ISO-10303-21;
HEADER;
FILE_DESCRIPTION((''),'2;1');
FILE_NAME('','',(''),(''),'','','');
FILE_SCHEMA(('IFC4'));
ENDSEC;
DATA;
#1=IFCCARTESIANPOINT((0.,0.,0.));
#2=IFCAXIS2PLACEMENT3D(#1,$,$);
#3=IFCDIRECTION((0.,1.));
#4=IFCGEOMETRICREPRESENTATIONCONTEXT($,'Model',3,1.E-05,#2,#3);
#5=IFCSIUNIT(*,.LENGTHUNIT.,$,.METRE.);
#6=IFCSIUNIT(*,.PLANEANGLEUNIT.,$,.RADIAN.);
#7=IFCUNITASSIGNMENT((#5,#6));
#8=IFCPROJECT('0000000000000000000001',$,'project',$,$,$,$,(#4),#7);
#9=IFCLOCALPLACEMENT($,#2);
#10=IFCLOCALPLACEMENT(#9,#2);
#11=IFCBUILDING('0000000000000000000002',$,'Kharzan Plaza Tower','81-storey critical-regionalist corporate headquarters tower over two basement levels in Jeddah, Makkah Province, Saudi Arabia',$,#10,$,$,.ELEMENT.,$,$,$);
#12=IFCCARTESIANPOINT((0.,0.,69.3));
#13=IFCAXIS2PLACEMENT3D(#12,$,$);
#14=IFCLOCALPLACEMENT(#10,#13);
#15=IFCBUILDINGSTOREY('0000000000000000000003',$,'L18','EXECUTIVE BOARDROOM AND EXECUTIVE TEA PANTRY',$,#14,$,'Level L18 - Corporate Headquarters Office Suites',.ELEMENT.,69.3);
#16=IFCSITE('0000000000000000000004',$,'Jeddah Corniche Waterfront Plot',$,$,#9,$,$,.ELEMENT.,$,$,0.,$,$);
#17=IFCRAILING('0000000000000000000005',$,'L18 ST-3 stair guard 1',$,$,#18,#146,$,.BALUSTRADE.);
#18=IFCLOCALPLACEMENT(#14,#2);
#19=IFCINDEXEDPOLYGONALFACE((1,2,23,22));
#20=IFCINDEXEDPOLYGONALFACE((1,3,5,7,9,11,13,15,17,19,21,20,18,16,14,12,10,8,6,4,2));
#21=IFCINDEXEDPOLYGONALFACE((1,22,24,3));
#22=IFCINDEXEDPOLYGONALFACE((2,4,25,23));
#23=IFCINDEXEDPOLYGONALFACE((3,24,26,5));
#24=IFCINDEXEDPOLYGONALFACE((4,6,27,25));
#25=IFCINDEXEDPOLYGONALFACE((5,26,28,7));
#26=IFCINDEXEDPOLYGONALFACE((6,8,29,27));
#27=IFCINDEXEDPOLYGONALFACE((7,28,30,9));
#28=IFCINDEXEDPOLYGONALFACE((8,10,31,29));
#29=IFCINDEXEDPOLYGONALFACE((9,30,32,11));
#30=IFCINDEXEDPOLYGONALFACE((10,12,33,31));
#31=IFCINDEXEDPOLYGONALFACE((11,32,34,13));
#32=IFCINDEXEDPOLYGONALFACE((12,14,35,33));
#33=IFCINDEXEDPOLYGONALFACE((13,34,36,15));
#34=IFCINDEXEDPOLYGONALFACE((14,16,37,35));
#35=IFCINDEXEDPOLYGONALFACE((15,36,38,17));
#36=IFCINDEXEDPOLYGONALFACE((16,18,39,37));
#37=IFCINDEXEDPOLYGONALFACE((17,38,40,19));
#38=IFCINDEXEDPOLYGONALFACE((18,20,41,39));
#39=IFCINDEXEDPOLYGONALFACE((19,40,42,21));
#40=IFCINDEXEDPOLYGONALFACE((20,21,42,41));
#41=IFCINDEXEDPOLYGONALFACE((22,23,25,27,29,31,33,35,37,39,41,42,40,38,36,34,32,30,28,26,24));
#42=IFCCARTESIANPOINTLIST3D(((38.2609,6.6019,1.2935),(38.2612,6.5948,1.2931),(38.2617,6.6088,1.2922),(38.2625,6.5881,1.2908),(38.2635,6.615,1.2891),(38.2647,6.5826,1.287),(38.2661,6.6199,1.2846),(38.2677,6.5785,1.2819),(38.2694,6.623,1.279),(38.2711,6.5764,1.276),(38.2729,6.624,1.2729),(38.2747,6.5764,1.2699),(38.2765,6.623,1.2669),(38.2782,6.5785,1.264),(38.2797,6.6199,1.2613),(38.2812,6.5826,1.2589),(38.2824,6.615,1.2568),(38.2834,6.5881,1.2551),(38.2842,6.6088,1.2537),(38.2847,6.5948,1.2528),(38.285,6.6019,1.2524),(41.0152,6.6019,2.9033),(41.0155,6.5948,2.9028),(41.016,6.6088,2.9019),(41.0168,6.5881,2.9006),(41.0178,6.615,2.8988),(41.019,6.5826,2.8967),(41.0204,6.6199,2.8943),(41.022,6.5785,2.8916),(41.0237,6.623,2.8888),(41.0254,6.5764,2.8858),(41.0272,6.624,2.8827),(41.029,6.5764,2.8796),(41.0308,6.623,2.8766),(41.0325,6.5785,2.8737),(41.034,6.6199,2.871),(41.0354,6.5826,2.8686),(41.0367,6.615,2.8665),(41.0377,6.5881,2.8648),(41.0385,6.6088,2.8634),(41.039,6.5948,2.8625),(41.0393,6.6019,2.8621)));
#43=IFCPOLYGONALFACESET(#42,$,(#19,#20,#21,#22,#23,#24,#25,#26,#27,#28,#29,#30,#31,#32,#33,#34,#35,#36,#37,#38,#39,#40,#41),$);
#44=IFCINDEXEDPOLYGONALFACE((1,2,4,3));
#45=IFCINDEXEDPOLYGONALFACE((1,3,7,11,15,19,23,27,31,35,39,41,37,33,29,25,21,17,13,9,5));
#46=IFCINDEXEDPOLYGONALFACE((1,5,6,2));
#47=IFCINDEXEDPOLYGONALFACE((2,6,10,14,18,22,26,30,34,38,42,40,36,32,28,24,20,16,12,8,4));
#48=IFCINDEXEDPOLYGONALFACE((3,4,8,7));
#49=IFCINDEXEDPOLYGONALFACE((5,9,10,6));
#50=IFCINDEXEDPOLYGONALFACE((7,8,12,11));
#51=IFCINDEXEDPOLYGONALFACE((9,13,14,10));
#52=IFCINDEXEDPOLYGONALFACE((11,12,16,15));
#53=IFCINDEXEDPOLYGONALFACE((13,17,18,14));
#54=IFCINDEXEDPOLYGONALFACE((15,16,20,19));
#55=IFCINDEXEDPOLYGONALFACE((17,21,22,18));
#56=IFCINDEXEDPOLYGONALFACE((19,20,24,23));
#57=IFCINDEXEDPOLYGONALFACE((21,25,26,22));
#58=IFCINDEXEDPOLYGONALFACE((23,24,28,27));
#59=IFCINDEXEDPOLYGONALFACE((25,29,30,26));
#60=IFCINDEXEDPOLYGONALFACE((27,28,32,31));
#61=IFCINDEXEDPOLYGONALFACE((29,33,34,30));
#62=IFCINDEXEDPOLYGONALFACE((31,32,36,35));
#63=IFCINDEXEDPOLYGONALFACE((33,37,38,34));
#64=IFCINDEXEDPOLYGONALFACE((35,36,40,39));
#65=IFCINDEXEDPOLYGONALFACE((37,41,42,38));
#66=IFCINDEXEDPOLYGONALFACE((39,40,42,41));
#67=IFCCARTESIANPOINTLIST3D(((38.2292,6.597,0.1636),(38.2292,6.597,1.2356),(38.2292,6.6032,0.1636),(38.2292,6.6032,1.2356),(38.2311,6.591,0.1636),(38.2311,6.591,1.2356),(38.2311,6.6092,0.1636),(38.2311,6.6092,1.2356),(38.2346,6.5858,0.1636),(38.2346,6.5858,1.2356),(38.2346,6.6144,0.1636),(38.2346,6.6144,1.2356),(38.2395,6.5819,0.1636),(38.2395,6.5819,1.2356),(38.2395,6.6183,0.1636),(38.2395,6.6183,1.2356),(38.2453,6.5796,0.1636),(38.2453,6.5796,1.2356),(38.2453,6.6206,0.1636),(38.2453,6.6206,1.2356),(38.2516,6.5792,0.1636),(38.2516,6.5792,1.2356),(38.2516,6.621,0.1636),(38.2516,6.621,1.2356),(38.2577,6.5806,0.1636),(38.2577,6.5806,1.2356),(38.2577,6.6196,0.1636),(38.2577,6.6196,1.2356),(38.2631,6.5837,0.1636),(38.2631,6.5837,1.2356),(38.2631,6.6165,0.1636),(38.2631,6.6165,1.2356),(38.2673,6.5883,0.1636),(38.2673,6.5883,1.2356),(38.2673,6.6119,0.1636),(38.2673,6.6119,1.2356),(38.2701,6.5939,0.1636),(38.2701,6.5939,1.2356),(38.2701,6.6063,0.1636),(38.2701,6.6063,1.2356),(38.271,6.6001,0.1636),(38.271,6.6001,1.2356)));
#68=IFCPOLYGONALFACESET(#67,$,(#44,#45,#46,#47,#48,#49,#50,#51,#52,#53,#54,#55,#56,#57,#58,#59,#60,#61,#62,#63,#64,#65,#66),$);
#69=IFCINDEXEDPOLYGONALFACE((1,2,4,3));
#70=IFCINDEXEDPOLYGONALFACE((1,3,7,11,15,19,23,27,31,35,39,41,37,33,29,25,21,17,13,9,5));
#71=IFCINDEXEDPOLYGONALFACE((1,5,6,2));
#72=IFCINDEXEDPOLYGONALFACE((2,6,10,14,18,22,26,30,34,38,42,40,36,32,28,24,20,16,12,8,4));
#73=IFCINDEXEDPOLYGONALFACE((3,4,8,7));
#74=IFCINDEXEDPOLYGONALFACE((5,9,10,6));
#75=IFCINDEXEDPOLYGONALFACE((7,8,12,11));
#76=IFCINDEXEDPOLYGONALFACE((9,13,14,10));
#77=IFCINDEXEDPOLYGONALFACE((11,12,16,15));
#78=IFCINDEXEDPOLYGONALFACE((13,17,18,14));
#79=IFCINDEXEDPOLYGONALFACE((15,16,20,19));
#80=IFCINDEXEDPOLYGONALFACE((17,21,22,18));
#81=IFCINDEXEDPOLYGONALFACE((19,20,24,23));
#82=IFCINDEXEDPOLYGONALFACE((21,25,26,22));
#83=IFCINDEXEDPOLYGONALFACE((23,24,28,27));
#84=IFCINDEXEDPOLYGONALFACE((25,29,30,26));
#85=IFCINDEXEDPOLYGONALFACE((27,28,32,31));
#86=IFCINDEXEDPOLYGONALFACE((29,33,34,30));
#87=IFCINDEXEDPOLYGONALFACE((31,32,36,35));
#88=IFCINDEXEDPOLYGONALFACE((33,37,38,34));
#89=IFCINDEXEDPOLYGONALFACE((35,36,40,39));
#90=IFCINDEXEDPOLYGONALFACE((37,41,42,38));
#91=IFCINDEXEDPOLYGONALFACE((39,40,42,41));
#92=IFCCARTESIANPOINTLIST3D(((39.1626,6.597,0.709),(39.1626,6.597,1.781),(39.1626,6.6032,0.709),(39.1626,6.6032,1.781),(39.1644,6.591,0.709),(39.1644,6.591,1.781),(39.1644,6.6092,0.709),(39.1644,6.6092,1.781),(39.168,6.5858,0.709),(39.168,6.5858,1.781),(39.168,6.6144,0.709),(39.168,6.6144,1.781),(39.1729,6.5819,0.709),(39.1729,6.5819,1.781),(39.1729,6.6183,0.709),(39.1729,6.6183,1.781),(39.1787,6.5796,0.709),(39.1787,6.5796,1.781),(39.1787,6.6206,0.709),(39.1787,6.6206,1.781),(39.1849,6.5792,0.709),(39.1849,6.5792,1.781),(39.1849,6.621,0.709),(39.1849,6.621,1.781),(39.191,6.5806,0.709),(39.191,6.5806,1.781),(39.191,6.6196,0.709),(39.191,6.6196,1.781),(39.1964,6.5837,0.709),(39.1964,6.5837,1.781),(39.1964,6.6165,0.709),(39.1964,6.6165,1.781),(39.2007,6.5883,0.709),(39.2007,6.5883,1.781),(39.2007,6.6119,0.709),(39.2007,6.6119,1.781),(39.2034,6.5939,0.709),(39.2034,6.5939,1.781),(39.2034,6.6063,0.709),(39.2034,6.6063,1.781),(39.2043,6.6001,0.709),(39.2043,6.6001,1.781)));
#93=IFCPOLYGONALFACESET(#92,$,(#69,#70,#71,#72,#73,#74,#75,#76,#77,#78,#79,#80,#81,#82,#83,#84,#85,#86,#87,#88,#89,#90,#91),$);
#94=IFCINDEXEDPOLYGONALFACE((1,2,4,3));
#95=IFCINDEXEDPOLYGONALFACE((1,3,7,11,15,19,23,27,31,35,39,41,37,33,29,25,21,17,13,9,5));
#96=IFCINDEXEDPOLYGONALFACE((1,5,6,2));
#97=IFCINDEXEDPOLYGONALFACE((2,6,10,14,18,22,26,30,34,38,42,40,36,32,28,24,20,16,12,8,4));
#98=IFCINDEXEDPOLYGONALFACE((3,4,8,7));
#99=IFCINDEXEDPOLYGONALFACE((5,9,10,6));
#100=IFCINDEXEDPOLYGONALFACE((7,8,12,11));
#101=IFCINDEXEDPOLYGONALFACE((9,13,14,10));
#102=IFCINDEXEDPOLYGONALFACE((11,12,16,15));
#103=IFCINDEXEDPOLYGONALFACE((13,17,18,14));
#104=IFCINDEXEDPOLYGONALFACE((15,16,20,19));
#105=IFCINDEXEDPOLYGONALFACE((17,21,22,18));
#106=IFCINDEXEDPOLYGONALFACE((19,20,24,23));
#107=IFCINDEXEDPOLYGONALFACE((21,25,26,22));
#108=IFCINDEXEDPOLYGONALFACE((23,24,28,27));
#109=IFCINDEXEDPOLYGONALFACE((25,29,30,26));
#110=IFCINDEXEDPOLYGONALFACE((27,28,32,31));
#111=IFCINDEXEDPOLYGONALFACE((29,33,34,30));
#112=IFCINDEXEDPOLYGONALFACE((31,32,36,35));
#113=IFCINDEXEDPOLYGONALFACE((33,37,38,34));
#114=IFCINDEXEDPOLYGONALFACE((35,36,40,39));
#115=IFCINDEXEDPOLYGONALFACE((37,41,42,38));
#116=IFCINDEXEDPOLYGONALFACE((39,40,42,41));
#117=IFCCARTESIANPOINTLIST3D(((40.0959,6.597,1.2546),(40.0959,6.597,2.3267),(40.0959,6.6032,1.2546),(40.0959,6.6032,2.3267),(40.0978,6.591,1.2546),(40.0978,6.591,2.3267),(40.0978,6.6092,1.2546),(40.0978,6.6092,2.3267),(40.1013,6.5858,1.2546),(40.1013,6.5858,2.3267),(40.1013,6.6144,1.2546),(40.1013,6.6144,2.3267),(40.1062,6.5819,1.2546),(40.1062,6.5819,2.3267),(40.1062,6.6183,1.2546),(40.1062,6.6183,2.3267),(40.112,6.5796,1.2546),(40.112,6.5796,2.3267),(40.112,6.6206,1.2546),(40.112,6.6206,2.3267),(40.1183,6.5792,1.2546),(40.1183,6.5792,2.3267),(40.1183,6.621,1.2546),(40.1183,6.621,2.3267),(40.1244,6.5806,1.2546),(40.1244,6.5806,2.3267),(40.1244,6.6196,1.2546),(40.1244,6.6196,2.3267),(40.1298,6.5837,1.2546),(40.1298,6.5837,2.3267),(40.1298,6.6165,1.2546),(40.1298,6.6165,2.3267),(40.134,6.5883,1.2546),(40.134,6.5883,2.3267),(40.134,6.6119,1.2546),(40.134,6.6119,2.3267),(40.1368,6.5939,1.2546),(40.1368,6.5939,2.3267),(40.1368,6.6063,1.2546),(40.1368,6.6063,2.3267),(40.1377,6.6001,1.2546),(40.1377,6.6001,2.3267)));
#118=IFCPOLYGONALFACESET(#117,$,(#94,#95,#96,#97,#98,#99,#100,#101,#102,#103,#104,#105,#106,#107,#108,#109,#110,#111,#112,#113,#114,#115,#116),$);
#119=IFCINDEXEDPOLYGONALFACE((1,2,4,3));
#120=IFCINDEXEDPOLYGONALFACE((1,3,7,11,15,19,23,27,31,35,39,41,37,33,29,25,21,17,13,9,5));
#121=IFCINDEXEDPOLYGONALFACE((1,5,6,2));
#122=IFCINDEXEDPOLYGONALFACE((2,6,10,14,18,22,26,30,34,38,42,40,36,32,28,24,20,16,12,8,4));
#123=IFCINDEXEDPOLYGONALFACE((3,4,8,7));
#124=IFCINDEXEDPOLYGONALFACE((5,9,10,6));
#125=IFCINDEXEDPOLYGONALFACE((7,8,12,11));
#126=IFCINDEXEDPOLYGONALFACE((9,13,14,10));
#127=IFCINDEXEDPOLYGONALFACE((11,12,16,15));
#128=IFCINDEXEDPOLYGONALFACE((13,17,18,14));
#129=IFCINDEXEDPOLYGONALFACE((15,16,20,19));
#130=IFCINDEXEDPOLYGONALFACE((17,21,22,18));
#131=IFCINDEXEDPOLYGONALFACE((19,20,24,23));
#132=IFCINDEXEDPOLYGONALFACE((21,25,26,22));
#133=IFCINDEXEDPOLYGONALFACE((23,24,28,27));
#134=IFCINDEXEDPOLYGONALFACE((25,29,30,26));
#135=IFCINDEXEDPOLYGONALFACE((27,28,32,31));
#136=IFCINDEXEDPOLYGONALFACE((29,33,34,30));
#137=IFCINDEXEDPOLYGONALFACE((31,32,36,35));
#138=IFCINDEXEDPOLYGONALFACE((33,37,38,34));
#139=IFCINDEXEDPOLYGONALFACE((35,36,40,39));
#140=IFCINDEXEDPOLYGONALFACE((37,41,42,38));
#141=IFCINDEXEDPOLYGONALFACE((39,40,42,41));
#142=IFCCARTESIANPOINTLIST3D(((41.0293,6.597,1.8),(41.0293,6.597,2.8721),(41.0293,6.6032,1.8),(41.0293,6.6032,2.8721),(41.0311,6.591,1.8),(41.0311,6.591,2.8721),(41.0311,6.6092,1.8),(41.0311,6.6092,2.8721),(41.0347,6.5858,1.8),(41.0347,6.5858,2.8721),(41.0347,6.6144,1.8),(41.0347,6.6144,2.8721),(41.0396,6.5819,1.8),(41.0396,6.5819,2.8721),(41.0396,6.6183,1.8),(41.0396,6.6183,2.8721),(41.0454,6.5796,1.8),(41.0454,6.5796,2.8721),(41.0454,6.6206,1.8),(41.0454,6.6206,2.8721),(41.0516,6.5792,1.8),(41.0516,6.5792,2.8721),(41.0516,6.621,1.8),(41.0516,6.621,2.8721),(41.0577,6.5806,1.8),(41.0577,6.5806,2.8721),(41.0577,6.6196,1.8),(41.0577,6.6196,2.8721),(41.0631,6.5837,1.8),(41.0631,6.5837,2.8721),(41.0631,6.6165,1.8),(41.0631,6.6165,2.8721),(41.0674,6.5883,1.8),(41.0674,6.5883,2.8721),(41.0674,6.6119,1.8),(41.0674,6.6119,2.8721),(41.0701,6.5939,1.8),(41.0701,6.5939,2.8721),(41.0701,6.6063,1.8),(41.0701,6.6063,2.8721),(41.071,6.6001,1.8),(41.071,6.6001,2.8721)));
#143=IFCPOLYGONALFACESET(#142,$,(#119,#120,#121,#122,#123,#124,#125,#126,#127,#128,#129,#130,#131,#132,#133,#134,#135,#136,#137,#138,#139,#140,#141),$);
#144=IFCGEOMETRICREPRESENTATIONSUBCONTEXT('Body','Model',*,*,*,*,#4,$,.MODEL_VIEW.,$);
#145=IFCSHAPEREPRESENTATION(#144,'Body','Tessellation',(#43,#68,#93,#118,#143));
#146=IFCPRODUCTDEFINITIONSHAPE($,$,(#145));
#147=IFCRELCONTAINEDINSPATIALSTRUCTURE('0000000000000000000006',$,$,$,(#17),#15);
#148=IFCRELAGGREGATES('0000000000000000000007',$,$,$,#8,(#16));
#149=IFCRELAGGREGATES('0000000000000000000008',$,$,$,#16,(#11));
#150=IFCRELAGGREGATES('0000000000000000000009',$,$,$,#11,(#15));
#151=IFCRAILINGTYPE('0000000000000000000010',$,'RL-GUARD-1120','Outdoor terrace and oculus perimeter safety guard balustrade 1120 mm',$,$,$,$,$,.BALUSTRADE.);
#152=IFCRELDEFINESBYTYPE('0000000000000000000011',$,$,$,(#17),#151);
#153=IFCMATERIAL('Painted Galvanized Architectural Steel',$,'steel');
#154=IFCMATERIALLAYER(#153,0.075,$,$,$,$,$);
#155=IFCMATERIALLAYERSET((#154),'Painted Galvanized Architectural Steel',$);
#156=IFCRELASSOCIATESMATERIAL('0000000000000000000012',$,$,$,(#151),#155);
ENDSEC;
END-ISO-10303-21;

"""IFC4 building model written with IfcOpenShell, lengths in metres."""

from ifc_helpers import new_model, si_unit, direction, frame, origin, origin_2d, place, context, subcontext, project, spatial, circle, extrude, source, transform, mapped, material, layer, layer_set, type_object, element, save


model = new_model("IFC4")

# Units and contexts
model_context = context("Model", 3, precision=1e-05, world=origin(), true_north=direction((0.0, 1.0)))
body_context = subcontext(model_context, "Body", "Model", "MODEL_VIEW")
ifc_project = project(units=[si_unit("LENGTHUNIT", "METRE"), si_unit("PLANEANGLEUNIT", "RADIAN")], contexts=[model_context])

# Site, building, storey
site_placement = place(None, origin())
site = spatial("IfcSite", under=ifc_project, at=site_placement, Name="Jeddah Corniche Waterfront Plot", CompositionType="ELEMENT", RefElevation=0.0)
building_placement = place(site_placement, origin())
building = spatial("IfcBuilding", under=site, at=building_placement, Name="Kharzan Plaza Tower", Description="81-storey critical-regionalist corporate headquarters tower over two basement levels in Jeddah, Makkah Province, Saudi Arabia", CompositionType="ELEMENT")
storey_placement = place(building_placement, frame((0.0, 0.0, 69.3)))
storey = spatial("IfcBuildingStorey", under=building, at=storey_placement, Name="L18", Description="EXECUTIVE BOARDROOM AND EXECUTIVE TEA PANTRY", LongName="Level L18 - Corporate Headquarters Office Suites", CompositionType="ELEMENT", Elevation=69.3)

# Railing
ifc_material_1 = material(Name="Painted Galvanized Architectural Steel", Category="steel")
ifc_layer_1 = layer(ifc_material_1, 0.075)
ifc_layer_set_1 = layer_set([ifc_layer_1], Name="Painted Galvanized Architectural Steel")
railing_type_1 = type_object("IfcRailingType", Name="RL-GUARD-1120", Description="Outdoor terrace and oculus perimeter safety guard balustrade 1120 mm", PredefinedType="BALUSTRADE", material=ifc_layer_set_1)
shared_shape_1 = source(origin(), body_context, "Body", "SweptSolid", [
    extrude(circle(Radius=0.0239, at=origin_2d()), frame((0.0229, 0.0, 1.1094), z_axis=(0.863361, 0.0, 0.504587), x_axis=(0.0, 1.0, 0.0)), (0.0, 0.0, 1.0), 3.1902),
    extrude(circle(Radius=0.021, at=origin_2d()), origin(), (0.0, 0.0, 1.0), 1.072),
    extrude(circle(Radius=0.021, at=origin_2d()), frame((0.9333, 0.0, 0.5454)), (0.0, 0.0, 1.0), 1.072),
    extrude(circle(Radius=0.021, at=origin_2d()), frame((1.8667, 0.0, 1.0911)), (0.0, 0.0, 1.0), 1.072),
    extrude(circle(Radius=0.021, at=origin_2d()), frame((2.8, 0.0, 1.6365)), (0.0, 0.0, 1.0), 1.072),
])
railing_1_placement = place(storey_placement, frame((38.25, 6.6001, 0.1636)))
element("IfcRailing", 1, at=railing_1_placement, inside=storey, type_object=railing_type_1, Name="L18 ST-3 stair guard 1", PredefinedType="BALUSTRADE", context=body_context, shape_type="MappedRepresentation", body=[
    mapped(shared_shape_1, transform((0.0, 0.0, 0.0), x_axis=(1.0, 0.0, 0.0), y_axis=(0.0, 1.0, 0.0), z_axis=(0.0, 0.0, 1.0))),
])

save(model, "model.ifc")
